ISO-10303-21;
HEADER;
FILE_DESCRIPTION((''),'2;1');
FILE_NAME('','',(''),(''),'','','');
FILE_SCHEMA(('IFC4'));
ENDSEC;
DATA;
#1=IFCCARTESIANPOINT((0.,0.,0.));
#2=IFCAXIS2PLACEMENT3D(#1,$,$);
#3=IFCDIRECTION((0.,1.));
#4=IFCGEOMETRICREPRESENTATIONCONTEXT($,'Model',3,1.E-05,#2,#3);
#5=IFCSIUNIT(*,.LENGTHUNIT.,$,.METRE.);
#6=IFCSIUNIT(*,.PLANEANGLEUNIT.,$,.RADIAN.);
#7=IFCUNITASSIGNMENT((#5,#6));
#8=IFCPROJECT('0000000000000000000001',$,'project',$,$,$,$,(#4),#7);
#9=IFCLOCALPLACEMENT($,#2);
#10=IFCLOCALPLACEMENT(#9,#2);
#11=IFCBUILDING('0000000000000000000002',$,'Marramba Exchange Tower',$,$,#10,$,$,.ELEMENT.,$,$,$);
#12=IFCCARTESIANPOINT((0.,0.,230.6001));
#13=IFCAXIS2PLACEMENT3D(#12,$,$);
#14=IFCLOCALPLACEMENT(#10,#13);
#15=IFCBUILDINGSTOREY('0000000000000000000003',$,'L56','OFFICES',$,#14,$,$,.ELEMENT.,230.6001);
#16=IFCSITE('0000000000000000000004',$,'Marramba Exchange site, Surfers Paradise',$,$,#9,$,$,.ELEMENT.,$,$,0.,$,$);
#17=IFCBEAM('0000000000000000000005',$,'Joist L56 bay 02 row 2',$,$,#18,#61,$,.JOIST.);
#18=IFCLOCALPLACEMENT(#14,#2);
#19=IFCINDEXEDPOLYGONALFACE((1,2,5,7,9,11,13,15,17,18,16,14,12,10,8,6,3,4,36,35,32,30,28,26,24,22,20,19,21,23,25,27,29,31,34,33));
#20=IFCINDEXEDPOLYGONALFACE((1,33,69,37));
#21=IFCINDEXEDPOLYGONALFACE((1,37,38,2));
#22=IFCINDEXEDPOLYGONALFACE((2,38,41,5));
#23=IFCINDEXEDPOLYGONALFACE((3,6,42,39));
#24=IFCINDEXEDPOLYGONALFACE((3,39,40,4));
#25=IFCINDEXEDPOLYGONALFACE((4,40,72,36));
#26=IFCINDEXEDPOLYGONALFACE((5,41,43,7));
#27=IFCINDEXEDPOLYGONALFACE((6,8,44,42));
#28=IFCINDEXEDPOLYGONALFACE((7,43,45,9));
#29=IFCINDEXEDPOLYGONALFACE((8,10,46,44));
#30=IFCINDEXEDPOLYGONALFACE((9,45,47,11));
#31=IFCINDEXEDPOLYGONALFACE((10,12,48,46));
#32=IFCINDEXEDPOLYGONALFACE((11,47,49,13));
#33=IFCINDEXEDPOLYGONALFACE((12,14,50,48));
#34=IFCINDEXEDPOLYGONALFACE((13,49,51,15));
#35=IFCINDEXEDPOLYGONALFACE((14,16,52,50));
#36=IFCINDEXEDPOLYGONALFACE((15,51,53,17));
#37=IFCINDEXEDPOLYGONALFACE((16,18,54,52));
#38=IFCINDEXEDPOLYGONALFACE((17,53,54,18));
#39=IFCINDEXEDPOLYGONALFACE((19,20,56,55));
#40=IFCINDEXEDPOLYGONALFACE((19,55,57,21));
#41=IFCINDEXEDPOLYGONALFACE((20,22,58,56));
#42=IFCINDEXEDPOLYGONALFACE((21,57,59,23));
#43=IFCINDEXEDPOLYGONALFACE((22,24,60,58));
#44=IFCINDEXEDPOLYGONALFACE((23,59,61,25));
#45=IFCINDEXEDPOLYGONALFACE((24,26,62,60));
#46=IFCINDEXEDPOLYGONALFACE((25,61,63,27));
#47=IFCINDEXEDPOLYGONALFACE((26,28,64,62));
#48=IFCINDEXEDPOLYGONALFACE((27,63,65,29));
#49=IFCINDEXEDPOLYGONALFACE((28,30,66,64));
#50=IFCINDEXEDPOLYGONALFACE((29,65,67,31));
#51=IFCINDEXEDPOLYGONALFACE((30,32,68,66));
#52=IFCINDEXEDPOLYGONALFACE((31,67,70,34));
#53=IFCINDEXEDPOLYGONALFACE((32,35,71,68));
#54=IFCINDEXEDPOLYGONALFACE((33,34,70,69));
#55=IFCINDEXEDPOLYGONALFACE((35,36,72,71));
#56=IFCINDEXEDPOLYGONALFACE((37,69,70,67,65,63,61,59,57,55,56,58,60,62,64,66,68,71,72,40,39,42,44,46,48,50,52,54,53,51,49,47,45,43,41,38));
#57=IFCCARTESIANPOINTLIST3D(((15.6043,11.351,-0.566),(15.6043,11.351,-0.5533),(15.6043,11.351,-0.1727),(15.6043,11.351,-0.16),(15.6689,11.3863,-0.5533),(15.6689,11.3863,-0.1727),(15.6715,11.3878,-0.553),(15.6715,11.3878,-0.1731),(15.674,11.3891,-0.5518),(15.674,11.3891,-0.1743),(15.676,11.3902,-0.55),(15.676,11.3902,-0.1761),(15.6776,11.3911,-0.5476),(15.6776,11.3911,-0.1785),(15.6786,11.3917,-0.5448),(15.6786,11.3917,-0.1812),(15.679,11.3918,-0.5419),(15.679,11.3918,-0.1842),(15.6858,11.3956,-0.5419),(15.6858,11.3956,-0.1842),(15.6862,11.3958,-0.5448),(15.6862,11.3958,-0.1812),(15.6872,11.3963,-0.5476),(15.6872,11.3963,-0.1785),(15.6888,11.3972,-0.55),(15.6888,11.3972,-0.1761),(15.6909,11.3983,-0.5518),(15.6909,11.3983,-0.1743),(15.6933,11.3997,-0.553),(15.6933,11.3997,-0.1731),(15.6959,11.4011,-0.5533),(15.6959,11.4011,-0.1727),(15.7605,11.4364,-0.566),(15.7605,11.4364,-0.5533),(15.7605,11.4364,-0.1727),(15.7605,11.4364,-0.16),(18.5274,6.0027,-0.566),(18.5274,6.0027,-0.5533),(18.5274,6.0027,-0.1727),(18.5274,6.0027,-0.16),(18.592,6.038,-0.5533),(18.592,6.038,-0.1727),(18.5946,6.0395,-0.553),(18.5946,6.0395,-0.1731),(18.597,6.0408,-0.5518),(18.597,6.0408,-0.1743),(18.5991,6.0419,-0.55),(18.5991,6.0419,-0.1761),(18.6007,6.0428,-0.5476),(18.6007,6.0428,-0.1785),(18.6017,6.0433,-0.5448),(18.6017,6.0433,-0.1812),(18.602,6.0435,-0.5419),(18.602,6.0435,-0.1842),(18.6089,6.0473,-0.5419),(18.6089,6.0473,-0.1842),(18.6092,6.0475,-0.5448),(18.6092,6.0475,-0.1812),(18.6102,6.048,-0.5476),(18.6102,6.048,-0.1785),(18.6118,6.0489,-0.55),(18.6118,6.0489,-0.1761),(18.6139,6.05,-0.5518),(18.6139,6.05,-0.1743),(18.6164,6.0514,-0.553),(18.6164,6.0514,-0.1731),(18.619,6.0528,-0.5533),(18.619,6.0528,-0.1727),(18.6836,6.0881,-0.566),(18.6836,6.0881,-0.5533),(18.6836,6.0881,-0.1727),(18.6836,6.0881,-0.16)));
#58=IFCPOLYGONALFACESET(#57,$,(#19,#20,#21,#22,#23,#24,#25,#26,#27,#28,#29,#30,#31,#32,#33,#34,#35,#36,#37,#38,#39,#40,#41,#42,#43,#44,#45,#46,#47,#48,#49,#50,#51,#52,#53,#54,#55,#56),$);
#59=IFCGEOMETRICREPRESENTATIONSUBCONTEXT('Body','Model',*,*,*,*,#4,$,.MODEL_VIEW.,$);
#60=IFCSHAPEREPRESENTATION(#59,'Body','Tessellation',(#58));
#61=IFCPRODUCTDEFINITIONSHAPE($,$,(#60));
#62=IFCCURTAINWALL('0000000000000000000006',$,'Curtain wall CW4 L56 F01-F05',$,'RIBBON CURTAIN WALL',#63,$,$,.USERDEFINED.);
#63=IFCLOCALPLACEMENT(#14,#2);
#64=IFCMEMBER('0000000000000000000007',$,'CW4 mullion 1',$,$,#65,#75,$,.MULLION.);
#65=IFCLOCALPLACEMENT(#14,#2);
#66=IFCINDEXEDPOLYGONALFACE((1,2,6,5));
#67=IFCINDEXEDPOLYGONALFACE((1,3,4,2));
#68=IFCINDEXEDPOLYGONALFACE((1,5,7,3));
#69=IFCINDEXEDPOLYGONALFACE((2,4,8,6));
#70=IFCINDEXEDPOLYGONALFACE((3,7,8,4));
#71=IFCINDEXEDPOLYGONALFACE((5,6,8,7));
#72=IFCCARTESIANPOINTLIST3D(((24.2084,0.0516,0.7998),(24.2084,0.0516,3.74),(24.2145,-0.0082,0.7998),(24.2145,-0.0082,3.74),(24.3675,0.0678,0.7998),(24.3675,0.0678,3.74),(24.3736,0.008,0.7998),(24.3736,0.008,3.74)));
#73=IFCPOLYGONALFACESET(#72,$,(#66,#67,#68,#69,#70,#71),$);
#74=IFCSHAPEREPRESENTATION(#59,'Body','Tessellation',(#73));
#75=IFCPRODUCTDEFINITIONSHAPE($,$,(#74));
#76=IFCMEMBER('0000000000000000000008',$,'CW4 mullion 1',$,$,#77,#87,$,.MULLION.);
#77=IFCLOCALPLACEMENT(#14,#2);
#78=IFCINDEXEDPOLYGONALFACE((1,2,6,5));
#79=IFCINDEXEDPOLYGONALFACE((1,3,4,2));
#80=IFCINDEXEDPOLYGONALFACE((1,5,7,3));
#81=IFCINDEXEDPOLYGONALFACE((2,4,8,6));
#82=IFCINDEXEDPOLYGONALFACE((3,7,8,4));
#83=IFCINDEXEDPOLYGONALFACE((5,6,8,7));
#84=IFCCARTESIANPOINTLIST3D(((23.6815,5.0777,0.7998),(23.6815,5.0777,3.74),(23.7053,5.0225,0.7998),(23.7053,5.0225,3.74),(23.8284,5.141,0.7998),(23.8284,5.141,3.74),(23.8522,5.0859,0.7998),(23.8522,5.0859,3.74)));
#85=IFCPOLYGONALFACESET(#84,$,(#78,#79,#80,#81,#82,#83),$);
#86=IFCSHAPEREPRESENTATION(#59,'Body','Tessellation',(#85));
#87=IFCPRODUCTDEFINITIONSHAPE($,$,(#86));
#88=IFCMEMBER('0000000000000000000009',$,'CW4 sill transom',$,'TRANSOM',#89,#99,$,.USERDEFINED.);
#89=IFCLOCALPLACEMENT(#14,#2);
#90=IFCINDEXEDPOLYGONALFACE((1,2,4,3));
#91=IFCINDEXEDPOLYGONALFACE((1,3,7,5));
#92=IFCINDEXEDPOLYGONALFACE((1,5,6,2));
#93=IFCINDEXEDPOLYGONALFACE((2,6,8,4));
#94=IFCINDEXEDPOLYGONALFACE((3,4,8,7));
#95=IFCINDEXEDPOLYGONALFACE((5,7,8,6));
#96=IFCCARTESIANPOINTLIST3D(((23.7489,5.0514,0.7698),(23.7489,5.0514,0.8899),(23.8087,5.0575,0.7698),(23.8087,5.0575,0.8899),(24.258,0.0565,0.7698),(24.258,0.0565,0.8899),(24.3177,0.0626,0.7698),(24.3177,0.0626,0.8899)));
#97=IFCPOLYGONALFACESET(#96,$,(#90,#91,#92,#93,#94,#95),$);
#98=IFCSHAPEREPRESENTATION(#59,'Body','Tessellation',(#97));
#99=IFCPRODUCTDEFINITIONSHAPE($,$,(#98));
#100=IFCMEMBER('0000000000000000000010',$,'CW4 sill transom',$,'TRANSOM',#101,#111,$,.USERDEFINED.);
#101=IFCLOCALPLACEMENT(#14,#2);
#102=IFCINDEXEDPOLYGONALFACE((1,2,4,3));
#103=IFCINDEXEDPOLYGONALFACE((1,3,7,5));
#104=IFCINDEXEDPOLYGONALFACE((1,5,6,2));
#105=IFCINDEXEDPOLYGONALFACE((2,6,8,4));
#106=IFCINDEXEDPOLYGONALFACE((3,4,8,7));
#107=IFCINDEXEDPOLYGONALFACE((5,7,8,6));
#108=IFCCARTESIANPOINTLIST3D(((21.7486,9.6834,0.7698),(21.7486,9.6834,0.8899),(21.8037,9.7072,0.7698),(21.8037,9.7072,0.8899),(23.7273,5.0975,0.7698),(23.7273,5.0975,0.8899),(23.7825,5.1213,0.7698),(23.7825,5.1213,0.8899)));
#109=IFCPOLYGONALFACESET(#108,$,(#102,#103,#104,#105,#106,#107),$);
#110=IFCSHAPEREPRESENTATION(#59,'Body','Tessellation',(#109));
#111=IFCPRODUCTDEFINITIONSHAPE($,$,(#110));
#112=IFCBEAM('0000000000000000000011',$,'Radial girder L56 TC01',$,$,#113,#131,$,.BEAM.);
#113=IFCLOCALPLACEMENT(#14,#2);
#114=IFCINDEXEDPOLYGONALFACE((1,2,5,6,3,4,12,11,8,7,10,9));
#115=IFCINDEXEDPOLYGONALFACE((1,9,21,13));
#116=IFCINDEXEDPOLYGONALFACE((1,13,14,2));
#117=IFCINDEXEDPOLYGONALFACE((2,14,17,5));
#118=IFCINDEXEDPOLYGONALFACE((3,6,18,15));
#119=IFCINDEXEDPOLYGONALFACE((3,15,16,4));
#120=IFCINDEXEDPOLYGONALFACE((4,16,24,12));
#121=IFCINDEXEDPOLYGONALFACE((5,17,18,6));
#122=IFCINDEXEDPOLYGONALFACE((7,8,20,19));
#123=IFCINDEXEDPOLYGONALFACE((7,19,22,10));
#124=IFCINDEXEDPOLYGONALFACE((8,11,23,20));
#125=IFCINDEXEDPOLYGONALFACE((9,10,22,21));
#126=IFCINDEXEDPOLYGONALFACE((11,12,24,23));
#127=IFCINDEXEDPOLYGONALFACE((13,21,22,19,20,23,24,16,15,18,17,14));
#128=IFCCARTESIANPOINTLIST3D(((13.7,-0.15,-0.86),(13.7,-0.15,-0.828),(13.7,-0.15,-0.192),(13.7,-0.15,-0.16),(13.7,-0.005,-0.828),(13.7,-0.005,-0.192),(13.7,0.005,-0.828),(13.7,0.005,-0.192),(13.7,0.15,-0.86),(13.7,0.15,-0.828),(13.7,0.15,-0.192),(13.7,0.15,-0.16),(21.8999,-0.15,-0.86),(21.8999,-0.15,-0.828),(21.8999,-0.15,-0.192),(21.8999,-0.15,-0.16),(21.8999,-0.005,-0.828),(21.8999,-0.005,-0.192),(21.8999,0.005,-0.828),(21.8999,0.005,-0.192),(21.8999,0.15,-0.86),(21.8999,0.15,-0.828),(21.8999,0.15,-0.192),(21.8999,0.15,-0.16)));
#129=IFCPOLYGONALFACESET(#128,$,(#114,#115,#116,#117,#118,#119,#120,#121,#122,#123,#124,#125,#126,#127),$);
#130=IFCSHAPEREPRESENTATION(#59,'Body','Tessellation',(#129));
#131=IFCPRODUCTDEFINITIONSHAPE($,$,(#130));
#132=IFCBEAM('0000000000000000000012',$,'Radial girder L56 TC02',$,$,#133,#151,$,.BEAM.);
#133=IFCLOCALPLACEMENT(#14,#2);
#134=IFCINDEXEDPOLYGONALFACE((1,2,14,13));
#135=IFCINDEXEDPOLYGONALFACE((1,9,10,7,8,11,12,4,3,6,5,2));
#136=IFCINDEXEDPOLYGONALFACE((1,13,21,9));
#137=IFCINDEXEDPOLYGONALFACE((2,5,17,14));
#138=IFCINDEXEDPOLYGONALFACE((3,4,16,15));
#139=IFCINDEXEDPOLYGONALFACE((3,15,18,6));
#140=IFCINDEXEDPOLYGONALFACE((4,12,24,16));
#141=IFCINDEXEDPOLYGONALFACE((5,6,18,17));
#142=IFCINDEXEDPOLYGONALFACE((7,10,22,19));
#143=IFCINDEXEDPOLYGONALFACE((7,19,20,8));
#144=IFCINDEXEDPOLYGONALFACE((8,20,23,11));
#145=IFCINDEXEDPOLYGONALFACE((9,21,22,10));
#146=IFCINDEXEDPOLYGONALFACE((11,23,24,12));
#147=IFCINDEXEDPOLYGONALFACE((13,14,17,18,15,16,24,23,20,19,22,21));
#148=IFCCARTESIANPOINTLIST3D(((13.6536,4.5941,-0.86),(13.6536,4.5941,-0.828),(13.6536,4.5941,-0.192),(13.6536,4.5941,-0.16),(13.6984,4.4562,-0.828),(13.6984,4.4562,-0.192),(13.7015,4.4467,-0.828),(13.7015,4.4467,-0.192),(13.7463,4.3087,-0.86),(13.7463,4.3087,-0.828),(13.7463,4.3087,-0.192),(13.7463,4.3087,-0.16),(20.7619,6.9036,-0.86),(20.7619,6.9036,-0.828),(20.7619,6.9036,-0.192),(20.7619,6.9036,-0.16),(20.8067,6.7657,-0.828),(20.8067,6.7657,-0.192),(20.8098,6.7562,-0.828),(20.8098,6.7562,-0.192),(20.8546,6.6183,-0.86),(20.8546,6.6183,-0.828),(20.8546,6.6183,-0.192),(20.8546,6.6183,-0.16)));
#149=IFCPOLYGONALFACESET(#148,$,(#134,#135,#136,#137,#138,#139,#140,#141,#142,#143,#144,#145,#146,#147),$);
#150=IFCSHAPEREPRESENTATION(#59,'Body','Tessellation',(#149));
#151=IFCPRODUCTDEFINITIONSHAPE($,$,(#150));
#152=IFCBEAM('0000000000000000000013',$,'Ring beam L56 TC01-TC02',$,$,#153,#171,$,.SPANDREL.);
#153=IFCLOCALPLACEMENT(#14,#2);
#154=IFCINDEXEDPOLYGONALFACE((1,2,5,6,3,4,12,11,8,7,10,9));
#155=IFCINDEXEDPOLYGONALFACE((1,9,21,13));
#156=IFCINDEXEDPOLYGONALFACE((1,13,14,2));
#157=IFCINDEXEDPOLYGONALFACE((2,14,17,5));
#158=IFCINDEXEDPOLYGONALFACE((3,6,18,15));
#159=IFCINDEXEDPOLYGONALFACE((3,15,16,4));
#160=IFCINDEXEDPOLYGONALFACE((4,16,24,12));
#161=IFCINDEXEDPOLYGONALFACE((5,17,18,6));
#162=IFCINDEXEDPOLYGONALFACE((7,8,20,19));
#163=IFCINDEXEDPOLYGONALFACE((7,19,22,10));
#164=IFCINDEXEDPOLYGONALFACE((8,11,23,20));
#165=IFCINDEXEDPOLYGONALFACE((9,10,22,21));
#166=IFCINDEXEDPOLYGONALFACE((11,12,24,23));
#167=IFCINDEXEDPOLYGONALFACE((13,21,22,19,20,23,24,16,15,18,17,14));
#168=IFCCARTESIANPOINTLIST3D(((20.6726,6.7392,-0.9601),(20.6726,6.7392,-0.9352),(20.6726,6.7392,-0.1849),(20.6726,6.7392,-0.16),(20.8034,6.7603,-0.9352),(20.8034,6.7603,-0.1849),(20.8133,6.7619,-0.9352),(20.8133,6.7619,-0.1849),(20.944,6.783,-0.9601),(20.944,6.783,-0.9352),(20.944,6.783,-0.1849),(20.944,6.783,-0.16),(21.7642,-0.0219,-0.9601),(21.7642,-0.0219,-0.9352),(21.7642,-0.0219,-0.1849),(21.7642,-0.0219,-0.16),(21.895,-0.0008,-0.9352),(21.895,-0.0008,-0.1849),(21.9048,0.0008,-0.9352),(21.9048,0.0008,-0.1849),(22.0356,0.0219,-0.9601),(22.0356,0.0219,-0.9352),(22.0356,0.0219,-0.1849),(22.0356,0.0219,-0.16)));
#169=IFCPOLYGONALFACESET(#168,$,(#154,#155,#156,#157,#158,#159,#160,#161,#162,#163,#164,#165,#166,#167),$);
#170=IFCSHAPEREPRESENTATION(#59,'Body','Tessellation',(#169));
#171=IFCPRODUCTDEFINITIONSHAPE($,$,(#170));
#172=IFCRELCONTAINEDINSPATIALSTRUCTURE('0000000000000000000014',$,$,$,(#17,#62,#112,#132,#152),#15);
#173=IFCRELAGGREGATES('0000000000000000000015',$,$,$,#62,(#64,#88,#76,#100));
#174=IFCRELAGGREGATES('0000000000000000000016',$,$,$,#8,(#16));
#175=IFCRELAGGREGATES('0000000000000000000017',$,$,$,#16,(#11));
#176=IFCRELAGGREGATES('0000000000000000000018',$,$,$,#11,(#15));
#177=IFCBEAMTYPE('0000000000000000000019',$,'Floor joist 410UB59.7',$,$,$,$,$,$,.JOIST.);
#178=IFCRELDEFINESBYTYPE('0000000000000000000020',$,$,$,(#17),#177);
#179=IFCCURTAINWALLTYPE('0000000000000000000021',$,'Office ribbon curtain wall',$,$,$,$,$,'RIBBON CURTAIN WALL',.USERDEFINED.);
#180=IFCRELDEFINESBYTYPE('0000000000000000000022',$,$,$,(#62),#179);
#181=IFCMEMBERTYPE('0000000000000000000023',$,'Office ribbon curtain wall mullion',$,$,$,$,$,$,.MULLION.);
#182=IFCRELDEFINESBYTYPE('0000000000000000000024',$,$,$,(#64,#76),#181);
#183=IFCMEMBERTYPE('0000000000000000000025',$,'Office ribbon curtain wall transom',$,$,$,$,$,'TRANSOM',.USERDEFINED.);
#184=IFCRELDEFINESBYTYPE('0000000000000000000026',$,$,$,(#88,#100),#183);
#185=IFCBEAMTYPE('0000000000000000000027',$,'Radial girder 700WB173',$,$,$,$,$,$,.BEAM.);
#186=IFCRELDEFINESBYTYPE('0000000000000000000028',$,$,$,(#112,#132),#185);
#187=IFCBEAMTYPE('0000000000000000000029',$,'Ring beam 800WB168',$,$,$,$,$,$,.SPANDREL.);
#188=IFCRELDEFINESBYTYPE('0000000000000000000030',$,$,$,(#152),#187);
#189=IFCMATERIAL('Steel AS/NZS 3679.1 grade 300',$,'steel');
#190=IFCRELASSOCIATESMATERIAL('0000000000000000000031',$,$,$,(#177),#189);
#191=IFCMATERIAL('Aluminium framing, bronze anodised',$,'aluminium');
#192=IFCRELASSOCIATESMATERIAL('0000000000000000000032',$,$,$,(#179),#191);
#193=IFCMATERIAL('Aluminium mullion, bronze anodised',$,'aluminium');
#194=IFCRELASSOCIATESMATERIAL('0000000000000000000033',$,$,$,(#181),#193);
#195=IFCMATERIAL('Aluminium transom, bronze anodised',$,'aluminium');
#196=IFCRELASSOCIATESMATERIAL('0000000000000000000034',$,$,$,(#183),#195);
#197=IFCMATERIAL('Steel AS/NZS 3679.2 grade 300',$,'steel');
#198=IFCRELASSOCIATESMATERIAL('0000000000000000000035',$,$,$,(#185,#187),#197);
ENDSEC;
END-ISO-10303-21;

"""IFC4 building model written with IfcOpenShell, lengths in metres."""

from ifc_helpers import new_model, si_unit, direction, frame, origin, origin_2d, place, context, subcontext, project, spatial, rectangle, i_section, extrude, material, material_profile, profile_set, type_object, element, aggregate, save


model = new_model("IFC4")

# Units and contexts
model_context = context("Model", 3, precision=1e-05, world=origin(), true_north=direction((0.0, 1.0)))
body_context = subcontext(model_context, "Body", "Model", "MODEL_VIEW")
ifc_project = project(units=[si_unit("LENGTHUNIT", "METRE"), si_unit("PLANEANGLEUNIT", "RADIAN")], contexts=[model_context])

# Site, building, storey
site_placement = place(None, origin())
site = spatial("IfcSite", under=ifc_project, at=site_placement, Name="Marramba Exchange site, Surfers Paradise", CompositionType="ELEMENT", RefElevation=0.0)
building_placement = place(site_placement, origin())
building = spatial("IfcBuilding", under=site, at=building_placement, Name="Marramba Exchange Tower", CompositionType="ELEMENT")
storey_placement = place(building_placement, frame((0.0, 0.0, 230.6001)))
storey = spatial("IfcBuildingStorey", under=building, at=storey_placement, Name="L56", Description="OFFICES", CompositionType="ELEMENT", Elevation=230.6001)

# Beam
ifc_material_1 = material(Name="Steel AS/NZS 3679.2 grade 300", Category="steel")
ifc_material_2 = material(Name="Steel AS/NZS 3679.1 grade 300", Category="steel")
ifc_material_profile_1 = material_profile(ifc_material_2, i_section(OverallWidth=0.178, OverallDepth=0.406, WebThickness=0.0078, FlangeThickness=0.0127, FilletRadius=0.0115, at=origin_2d()), Name="410UB59.7")
ifc_profile_set_1 = profile_set([ifc_material_profile_1], Name="Steel AS/NZS 3679.1 grade 300")
beam_type_1 = type_object("IfcBeamType", Name="Floor joist 410UB59.7", PredefinedType="JOIST", material=ifc_profile_set_1)
beam_1_placement = place(storey_placement, frame((18.6055, 6.0454, -0.363), z_axis=(-0.479584, 0.877496, 0.0), x_axis=(-0.877496, -0.479584, 0.0)))
element("IfcBeam", 1, at=beam_1_placement, inside=storey, type_object=beam_type_1, Name="Joist L56 bay 02 row 2", PredefinedType="JOIST", context=body_context, shape_type="SweptSolid", body=[
    extrude(i_section(OverallWidth=0.178, OverallDepth=0.406, WebThickness=0.0078, FlangeThickness=0.0127, FilletRadius=0.0115, at=origin_2d()), origin(), (0.0, 0.0, 1.0), 6.095),
])

# Curtain wall, members
ifc_material_3 = material(Name="Aluminium framing, bronze anodised", Category="aluminium")
curtain_wall_type = type_object("IfcCurtainWallType", Name="Office ribbon curtain wall", ElementType="RIBBON CURTAIN WALL", PredefinedType="USERDEFINED", material=ifc_material_3)
curtain_wall_placement = place(storey_placement, origin())
curtain_wall = element("IfcCurtainWall", 2, at=curtain_wall_placement, inside=storey, type_object=curtain_wall_type, Name="Curtain wall CW4 L56 F01-F05", ObjectType="RIBBON CURTAIN WALL", PredefinedType="USERDEFINED")
ifc_material_4 = material(Name="Aluminium mullion, bronze anodised", Category="aluminium")
ifc_material_profile_2 = material_profile(ifc_material_4, rectangle(XDim=0.1599, YDim=0.0601, at=origin_2d()), Name="CW4 mullion 60x160")
ifc_profile_set_2 = profile_set([ifc_material_profile_2], Name="Aluminium mullion, bronze anodised")
member_type_1 = type_object("IfcMemberType", Name="Office ribbon curtain wall mullion", PredefinedType="MULLION", material=ifc_profile_set_2)
member_1_placement = place(storey_placement, frame((24.291, 0.0298, 0.7998), z_axis=(0.0, 0.0, 1.0), x_axis=(-0.994843, -0.101422, 0.0)))
member_1 = element("IfcMember", 3, at=member_1_placement, type_object=member_type_1, Name="CW4 mullion 1", PredefinedType="MULLION", context=body_context, shape_type="SweptSolid", body=[
    extrude(rectangle(XDim=0.1599, YDim=0.0601, at=origin_2d()), origin(), (0.0, 0.0, 1.0), 2.9402),
])
member_2_placement = place(storey_placement, frame((23.7668, 5.0818, 0.7998), z_axis=(0.0, 0.0, 1.0), x_axis=(-0.918167, -0.396193, 0.0)))
member_2 = element("IfcMember", 4, at=member_2_placement, type_object=member_type_1, Name="CW4 mullion 1", PredefinedType="MULLION", context=body_context, shape_type="SweptSolid", body=[
    extrude(rectangle(XDim=0.1599, YDim=0.0601, at=origin_2d()), origin(), (0.0, 0.0, 1.0), 2.9402),
])
ifc_material_5 = material(Name="Aluminium transom, bronze anodised", Category="aluminium")
ifc_material_profile_3 = material_profile(ifc_material_5, rectangle(XDim=0.0601, YDim=0.1201, at=origin_2d()), Name="CW4 transom 60x120")
ifc_profile_set_3 = profile_set([ifc_material_profile_3], Name="Aluminium transom, bronze anodised")
member_type_2 = type_object("IfcMemberType", Name="Office ribbon curtain wall transom", ElementType="TRANSOM", PredefinedType="USERDEFINED", material=ifc_profile_set_3)
member_3_placement = place(storey_placement, frame((24.2878, 0.0596, 0.8298), z_axis=(-0.101386, 0.994847, 0.0), x_axis=(-0.994847, -0.101386, 0.0)))
member_3 = element("IfcMember", 5, at=member_3_placement, type_object=member_type_2, Name="CW4 sill transom", ObjectType="TRANSOM", PredefinedType="USERDEFINED", context=body_context, shape_type="SweptSolid", body=[
    extrude(rectangle(XDim=0.0601, YDim=0.1201, at=origin_2d()), origin(), (0.0, 0.0, 1.0), 5.0208),
])
member_4_placement = place(storey_placement, frame((23.7549, 5.1094, 0.8298), z_axis=(-0.396178, 0.918174, 0.0), x_axis=(-0.918174, -0.396178, 0.0)))
member_4 = element("IfcMember", 6, at=member_4_placement, type_object=member_type_2, Name="CW4 sill transom", ObjectType="TRANSOM", PredefinedType="USERDEFINED", context=body_context, shape_type="SweptSolid", body=[
    extrude(rectangle(XDim=0.0601, YDim=0.1201, at=origin_2d()), origin(), (0.0, 0.0, 1.0), 4.9946),
])

# Beams
ifc_material_profile_4 = material_profile(ifc_material_1, i_section(OverallWidth=0.3, OverallDepth=0.7, WebThickness=0.01, FlangeThickness=0.032, at=origin_2d()), Name="700WB173")
ifc_profile_set_4 = profile_set([ifc_material_profile_4], Name="Steel AS/NZS 3679.2 grade 300")
beam_type_2 = type_object("IfcBeamType", Name="Radial girder 700WB173", PredefinedType="BEAM", material=ifc_profile_set_4)
beam_2_placement = place(storey_placement, frame((13.7, 0.0, -0.51), z_axis=(1.0, 0.0, 0.0), x_axis=(0.0, 1.0, 0.0)))
element("IfcBeam", 7, at=beam_2_placement, inside=storey, type_object=beam_type_2, Name="Radial girder L56 TC01", PredefinedType="BEAM", context=body_context, shape_type="SweptSolid", body=[
    extrude(i_section(OverallWidth=0.3, OverallDepth=0.7, WebThickness=0.01, FlangeThickness=0.032, at=origin_2d()), origin(), (0.0, 0.0, 1.0), 8.2),
])
beam_3_placement = place(storey_placement, frame((13.7, 4.4514, -0.51), z_axis=(0.95106, 0.309006, 0.0), x_axis=(-0.309006, 0.95106, 0.0)))
element("IfcBeam", 8, at=beam_3_placement, inside=storey, type_object=beam_type_2, Name="Radial girder L56 TC02", PredefinedType="BEAM", context=body_context, shape_type="SweptSolid", body=[
    extrude(i_section(OverallWidth=0.3, OverallDepth=0.7, WebThickness=0.01, FlangeThickness=0.032, at=origin_2d()), origin(), (0.0, 0.0, 1.0), 7.4741),
])
ifc_material_profile_5 = material_profile(ifc_material_1, i_section(OverallWidth=0.2749, OverallDepth=0.8, WebThickness=0.01, FlangeThickness=0.0249, at=origin_2d()), Name="800WB168")
ifc_profile_set_5 = profile_set([ifc_material_profile_5], Name="Steel AS/NZS 3679.2 grade 300")
beam_type_3 = type_object("IfcBeamType", Name="Ring beam 800WB168", PredefinedType="SPANDREL", material=ifc_profile_set_5)
beam_4_placement = place(storey_placement, frame((21.8999, 0.0, -0.5601), z_axis=(-0.159385, 0.987217, 0.0), x_axis=(-0.987217, -0.159385, 0.0)))
element("IfcBeam", 9, at=beam_4_placement, inside=storey, type_object=beam_type_3, Name="Ring beam L56 TC01-TC02", PredefinedType="SPANDREL", context=body_context, shape_type="SweptSolid", body=[
    extrude(i_section(OverallWidth=0.2749, OverallDepth=0.8, WebThickness=0.01, FlangeThickness=0.0249, at=origin_2d()), origin(), (0.0, 0.0, 1.0), 6.8486),
])

aggregate(curtain_wall, [member_1, member_3, member_2, member_4])

save(model, "model.ifc")
